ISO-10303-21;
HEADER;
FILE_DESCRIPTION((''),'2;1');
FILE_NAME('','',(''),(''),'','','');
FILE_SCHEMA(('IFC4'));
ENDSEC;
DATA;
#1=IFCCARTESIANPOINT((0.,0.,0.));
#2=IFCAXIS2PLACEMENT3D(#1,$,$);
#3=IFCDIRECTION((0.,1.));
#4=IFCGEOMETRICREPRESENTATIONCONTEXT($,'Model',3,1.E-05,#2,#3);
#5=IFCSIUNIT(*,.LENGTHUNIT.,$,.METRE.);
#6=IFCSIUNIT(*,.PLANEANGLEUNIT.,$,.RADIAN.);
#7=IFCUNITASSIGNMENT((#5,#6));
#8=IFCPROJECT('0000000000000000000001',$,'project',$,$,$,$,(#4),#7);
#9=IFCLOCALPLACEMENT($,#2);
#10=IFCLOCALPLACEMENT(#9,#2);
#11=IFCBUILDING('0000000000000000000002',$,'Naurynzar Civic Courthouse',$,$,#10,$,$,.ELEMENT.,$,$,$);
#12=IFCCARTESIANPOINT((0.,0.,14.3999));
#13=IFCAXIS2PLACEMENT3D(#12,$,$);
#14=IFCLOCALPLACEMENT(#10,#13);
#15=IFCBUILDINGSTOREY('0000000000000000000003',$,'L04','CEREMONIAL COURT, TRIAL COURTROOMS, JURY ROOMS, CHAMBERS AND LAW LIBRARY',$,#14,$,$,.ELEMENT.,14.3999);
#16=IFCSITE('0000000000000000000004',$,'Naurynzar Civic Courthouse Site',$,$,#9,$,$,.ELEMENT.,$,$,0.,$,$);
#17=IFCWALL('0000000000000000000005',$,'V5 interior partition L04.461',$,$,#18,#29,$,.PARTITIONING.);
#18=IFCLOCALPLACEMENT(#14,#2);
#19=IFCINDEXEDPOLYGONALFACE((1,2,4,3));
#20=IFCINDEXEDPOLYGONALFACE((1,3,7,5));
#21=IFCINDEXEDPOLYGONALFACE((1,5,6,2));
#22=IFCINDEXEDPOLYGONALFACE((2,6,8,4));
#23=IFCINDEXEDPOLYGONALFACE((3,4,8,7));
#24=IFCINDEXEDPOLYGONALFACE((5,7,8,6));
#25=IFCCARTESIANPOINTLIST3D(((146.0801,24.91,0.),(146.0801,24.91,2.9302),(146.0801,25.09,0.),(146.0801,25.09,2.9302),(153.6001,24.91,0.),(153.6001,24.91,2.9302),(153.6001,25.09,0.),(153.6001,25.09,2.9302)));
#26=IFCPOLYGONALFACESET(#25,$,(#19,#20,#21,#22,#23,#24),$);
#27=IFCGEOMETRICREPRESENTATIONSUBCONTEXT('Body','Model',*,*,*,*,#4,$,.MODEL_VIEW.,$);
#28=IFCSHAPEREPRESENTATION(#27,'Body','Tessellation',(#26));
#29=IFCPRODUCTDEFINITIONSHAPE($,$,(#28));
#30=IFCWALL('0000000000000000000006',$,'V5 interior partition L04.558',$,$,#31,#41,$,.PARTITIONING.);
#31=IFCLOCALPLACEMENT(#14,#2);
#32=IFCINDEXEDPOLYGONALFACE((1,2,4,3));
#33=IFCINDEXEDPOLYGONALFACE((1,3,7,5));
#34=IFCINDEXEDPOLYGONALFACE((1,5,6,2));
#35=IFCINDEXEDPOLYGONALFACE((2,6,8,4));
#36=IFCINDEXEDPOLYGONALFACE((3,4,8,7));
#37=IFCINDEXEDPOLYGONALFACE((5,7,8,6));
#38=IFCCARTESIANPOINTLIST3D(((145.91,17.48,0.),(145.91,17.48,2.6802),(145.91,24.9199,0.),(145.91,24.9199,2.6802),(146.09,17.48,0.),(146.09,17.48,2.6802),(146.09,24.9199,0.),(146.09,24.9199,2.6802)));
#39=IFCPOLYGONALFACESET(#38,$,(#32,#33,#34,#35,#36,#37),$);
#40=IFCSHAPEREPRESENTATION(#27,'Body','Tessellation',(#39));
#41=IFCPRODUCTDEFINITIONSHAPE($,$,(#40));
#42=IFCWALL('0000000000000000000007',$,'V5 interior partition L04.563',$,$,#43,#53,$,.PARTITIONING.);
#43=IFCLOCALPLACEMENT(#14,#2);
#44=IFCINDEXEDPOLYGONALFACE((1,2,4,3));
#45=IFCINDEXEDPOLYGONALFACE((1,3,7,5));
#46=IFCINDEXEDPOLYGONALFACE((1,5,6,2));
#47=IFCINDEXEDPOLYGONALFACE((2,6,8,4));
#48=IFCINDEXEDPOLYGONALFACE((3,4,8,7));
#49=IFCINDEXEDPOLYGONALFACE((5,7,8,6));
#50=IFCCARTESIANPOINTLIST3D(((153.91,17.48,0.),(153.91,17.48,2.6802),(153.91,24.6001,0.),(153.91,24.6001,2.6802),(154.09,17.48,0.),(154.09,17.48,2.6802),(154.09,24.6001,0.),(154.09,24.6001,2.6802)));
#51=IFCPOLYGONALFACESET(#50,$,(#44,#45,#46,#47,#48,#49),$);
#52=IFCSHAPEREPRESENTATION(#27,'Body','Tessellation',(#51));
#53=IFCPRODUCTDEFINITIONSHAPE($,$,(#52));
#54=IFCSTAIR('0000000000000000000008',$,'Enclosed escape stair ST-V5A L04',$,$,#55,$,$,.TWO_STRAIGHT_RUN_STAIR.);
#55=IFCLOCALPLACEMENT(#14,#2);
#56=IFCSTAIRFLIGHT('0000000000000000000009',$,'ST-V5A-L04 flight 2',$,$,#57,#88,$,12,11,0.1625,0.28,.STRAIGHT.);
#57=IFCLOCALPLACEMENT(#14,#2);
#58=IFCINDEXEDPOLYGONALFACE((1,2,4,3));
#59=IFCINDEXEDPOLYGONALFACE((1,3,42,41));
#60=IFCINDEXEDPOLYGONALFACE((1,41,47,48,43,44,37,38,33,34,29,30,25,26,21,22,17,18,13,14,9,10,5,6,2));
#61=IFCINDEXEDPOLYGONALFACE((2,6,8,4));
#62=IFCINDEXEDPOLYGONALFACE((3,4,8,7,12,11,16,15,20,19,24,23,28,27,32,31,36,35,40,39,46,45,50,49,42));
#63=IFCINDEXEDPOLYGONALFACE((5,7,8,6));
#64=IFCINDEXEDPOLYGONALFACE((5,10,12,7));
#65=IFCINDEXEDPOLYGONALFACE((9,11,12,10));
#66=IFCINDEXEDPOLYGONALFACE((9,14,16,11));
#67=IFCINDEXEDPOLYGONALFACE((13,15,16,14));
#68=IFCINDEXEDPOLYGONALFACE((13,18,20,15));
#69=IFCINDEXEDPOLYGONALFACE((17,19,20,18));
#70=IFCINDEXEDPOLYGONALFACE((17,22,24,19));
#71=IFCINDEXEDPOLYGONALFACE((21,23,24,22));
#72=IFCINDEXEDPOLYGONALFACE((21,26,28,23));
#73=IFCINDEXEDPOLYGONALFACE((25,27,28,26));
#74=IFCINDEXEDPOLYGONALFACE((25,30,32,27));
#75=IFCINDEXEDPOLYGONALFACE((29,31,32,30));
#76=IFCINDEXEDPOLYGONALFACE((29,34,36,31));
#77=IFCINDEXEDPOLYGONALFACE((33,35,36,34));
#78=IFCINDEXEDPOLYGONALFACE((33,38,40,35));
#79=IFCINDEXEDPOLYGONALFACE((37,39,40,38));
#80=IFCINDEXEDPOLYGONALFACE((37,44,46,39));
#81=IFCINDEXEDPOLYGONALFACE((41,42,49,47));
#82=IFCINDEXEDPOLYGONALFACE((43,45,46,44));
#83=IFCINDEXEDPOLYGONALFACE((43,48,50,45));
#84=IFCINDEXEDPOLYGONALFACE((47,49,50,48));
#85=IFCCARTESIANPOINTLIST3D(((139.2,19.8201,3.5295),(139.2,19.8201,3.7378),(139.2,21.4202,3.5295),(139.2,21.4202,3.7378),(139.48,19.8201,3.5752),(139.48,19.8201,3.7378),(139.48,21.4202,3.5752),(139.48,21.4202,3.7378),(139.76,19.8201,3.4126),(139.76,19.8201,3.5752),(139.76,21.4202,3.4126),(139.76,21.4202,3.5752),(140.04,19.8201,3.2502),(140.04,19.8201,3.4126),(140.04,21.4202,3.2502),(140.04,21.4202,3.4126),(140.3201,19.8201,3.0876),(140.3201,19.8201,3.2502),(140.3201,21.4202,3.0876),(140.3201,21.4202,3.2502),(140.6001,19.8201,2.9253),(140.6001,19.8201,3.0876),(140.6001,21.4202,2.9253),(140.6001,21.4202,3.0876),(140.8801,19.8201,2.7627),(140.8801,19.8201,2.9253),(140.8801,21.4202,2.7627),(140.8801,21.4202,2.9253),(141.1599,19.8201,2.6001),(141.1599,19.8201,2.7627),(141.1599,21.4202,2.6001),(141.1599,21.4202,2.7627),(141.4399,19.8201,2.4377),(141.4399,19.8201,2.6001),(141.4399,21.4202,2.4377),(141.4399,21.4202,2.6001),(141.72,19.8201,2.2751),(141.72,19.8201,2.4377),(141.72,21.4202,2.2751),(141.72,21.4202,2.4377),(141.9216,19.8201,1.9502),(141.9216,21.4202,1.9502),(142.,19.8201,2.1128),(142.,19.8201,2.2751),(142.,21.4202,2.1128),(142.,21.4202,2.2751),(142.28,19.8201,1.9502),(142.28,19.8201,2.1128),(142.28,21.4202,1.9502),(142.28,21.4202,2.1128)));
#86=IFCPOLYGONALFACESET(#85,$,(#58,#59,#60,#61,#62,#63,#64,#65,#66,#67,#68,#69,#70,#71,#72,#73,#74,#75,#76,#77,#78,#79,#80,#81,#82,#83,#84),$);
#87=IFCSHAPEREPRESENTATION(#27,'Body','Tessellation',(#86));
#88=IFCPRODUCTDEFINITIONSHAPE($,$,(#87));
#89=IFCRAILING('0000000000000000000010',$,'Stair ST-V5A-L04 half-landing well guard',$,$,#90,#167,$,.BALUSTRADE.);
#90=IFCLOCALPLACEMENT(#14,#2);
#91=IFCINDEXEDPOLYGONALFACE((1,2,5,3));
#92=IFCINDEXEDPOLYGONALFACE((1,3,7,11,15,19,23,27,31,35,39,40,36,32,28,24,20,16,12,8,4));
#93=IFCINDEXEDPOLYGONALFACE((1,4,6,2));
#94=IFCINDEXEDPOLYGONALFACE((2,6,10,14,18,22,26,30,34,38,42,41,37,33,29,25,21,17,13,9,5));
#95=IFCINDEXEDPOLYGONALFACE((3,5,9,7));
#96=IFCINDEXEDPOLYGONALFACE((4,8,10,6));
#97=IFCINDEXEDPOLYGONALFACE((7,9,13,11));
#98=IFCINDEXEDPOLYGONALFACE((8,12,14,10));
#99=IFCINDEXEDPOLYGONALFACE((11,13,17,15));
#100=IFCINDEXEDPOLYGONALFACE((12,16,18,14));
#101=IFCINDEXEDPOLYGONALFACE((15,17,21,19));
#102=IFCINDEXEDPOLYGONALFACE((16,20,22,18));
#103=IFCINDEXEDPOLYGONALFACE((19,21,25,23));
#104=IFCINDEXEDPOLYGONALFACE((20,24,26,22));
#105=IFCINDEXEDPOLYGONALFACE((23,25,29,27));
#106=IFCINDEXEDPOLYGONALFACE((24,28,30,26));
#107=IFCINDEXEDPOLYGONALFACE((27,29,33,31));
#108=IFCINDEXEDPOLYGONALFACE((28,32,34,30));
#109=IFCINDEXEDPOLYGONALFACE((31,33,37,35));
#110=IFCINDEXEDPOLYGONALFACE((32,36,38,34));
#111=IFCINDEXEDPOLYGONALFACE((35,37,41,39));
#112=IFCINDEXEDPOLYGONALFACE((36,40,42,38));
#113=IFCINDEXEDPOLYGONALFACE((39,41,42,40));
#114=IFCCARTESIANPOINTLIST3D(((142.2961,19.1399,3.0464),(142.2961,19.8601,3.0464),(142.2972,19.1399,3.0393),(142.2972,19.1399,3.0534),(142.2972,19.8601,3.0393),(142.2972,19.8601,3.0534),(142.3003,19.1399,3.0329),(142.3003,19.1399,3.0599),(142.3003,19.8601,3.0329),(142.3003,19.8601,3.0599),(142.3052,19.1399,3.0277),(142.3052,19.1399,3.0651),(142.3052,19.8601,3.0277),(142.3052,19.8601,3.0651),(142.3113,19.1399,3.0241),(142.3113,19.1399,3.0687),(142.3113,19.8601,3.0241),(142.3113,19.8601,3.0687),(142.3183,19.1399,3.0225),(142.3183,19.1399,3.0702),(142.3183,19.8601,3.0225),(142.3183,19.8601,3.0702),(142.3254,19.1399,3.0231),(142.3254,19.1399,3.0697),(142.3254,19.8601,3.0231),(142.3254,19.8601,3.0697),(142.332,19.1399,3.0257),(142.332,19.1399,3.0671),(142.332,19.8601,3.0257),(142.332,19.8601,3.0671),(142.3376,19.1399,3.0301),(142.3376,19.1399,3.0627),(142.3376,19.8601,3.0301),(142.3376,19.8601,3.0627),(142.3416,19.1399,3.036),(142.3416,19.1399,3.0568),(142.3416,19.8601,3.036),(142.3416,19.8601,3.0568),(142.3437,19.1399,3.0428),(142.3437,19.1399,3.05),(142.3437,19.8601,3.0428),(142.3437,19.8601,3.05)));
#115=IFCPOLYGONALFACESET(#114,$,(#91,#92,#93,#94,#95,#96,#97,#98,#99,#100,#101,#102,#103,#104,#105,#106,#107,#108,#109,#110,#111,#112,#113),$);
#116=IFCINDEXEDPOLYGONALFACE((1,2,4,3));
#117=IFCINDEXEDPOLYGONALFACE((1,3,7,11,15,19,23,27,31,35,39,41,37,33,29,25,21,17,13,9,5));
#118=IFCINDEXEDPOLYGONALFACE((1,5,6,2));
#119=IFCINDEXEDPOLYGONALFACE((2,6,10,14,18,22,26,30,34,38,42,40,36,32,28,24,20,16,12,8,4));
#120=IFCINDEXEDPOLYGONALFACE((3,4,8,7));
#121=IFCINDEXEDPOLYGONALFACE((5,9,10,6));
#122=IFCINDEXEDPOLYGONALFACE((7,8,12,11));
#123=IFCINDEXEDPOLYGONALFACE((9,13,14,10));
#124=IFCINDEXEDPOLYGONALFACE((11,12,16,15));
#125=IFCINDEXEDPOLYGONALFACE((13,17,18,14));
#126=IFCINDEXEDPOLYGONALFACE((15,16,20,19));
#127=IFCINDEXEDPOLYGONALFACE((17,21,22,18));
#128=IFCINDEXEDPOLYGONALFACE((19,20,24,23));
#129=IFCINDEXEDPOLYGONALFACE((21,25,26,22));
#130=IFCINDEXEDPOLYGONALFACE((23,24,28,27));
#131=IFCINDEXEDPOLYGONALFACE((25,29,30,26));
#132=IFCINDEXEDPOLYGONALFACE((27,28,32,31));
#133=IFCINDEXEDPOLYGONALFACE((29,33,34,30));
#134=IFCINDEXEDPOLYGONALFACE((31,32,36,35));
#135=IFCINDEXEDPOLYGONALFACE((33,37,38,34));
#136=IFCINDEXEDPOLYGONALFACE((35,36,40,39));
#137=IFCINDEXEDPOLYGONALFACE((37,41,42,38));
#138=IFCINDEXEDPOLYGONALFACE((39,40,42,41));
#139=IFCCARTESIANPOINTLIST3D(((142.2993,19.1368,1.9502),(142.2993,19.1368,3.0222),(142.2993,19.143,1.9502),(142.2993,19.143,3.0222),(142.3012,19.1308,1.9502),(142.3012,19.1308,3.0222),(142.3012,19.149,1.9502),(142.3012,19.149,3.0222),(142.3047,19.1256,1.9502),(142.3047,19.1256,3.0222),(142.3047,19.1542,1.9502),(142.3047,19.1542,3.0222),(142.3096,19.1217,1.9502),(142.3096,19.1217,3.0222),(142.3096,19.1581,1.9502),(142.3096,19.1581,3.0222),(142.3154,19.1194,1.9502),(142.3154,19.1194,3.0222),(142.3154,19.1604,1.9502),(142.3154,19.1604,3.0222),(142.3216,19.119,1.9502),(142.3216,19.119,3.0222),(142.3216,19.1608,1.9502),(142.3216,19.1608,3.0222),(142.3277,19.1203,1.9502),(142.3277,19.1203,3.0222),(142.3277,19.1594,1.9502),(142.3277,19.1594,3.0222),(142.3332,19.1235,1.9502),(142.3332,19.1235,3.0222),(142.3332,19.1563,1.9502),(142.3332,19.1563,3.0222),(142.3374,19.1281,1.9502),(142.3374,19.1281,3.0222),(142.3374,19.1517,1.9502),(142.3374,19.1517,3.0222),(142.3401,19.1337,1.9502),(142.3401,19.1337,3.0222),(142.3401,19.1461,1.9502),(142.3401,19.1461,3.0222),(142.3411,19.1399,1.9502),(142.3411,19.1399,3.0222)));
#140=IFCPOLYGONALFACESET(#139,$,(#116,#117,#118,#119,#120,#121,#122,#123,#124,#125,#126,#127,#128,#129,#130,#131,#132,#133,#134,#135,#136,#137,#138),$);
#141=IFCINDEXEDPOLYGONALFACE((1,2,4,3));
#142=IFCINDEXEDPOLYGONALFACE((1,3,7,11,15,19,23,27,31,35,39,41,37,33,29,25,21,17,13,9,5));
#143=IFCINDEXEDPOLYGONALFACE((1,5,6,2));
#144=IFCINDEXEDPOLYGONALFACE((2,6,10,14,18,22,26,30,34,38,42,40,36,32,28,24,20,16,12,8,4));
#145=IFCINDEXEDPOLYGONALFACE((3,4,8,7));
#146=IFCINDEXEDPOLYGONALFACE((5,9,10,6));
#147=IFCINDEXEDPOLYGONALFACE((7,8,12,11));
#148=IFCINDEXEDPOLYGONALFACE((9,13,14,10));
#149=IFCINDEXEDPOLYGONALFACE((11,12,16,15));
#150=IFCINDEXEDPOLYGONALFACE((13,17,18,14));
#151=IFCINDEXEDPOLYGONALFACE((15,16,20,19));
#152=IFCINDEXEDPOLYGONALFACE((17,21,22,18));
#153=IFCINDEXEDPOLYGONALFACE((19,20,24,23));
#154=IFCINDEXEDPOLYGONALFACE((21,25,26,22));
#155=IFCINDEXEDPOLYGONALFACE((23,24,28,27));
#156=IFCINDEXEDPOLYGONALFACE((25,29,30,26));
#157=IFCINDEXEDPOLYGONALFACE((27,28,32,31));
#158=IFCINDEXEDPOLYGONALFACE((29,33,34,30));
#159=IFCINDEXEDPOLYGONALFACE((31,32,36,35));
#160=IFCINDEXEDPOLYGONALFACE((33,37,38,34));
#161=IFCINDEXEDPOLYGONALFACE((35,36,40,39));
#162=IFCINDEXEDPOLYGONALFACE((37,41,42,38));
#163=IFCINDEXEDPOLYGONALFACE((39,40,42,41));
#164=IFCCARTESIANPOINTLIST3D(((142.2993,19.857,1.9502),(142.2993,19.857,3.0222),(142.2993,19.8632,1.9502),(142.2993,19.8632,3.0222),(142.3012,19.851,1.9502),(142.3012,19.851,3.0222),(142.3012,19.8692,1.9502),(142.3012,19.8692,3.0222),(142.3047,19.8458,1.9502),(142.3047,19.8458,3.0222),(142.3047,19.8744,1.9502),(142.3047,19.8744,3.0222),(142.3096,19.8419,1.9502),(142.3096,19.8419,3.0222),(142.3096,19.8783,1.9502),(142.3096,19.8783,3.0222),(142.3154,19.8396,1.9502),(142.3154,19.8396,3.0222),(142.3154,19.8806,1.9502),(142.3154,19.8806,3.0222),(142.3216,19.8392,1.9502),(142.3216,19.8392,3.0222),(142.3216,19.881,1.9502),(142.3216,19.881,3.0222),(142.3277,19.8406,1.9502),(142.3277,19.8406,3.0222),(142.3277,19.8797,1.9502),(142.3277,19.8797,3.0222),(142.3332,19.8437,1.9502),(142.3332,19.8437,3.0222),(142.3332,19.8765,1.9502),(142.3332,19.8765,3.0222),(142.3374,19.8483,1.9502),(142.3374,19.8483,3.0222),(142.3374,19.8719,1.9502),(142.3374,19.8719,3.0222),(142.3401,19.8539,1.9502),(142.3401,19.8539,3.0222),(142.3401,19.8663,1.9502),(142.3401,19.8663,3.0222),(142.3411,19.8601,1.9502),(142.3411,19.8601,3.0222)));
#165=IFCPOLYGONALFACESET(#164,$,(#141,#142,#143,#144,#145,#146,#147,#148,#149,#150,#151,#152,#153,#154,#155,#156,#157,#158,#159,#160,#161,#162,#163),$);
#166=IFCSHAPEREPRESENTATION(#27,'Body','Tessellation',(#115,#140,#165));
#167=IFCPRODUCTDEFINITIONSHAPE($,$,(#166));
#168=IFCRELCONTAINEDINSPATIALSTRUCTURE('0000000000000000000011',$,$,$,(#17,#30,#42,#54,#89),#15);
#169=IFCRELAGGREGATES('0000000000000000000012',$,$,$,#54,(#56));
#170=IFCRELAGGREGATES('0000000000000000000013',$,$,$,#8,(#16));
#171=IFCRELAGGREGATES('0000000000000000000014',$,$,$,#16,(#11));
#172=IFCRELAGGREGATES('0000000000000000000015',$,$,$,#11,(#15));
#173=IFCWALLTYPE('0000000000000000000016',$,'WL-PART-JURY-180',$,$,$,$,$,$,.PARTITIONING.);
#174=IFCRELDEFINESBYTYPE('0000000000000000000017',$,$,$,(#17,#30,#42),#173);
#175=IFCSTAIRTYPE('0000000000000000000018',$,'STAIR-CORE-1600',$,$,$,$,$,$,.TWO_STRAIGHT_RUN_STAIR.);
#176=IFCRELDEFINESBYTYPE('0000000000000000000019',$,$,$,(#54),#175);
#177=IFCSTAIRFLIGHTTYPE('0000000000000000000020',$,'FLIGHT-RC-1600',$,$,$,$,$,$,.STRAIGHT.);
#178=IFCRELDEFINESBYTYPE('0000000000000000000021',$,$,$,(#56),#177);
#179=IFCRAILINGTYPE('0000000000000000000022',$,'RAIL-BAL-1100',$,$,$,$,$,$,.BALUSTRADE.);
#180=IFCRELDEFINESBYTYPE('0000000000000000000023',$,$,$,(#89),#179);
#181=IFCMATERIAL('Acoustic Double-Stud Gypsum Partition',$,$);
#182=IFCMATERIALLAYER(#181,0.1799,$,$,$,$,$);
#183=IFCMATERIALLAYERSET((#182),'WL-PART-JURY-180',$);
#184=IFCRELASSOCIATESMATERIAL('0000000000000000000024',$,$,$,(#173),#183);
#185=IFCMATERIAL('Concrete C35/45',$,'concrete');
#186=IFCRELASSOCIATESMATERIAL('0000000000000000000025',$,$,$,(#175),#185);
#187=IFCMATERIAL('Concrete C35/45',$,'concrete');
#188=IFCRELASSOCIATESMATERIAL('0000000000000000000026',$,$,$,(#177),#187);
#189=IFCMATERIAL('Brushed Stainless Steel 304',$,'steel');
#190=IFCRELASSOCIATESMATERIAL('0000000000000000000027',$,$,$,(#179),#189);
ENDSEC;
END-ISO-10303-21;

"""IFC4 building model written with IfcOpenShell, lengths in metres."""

from ifc_helpers import new_model, si_unit, direction, frame, frame_2d, origin, origin_2d, place, context, subcontext, project, spatial, polyline, rectangle, circle, outline, extrude, material, layer, layer_set, type_object, element, aggregate, save


model = new_model("IFC4")

# Units and contexts
model_context = context("Model", 3, precision=1e-05, world=origin(), true_north=direction((0.0, 1.0)))
body_context = subcontext(model_context, "Body", "Model", "MODEL_VIEW")
ifc_project = project(units=[si_unit("LENGTHUNIT", "METRE"), si_unit("PLANEANGLEUNIT", "RADIAN")], contexts=[model_context])

# Site, building, storey
site_placement = place(None, origin())
site = spatial("IfcSite", under=ifc_project, at=site_placement, Name="Naurynzar Civic Courthouse Site", CompositionType="ELEMENT", RefElevation=0.0)
building_placement = place(site_placement, origin())
building = spatial("IfcBuilding", under=site, at=building_placement, Name="Naurynzar Civic Courthouse", CompositionType="ELEMENT")
storey_placement = place(building_placement, frame((0.0, 0.0, 14.3999)))
storey = spatial("IfcBuildingStorey", under=building, at=storey_placement, Name="L04", Description="CEREMONIAL COURT, TRIAL COURTROOMS, JURY ROOMS, CHAMBERS AND LAW LIBRARY", CompositionType="ELEMENT", Elevation=14.3999)

# Shared definitions
ifc_material_1 = material(Name="Acoustic Double-Stud Gypsum Partition")
ifc_layer_1 = layer(ifc_material_1, 0.1799)
ifc_layer_set_1 = layer_set([ifc_layer_1], Name="WL-PART-JURY-180")
wall_type_1 = type_object("IfcWallType", Name="WL-PART-JURY-180", PredefinedType="PARTITIONING", material=ifc_layer_set_1)

# Walls
wall_1_placement = place(storey_placement, frame((146.0801, 25.0, 0.0), z_axis=(0.0, 0.0, 1.0), x_axis=(1.0, 0.0, 0.0)))
element("IfcWall", 1, at=wall_1_placement, inside=storey, type_object=wall_type_1, Name="V5 interior partition L04.461", PredefinedType="PARTITIONING", context=body_context, shape_type="SweptSolid", body=[
    extrude(rectangle(XDim=7.52, YDim=0.1799, at=frame_2d((3.76, 0.0))), origin(), (0.0, 0.0, 1.0), 2.9302),
])
wall_2_placement = place(storey_placement, frame((146.0, 17.48, 0.0), z_axis=(0.0, 0.0, 1.0), x_axis=(0.0, 1.0, 0.0)))
element("IfcWall", 2, at=wall_2_placement, inside=storey, type_object=wall_type_1, Name="V5 interior partition L04.558", PredefinedType="PARTITIONING", context=body_context, shape_type="SweptSolid", body=[
    extrude(rectangle(XDim=7.4399, YDim=0.1799, at=frame_2d((3.72, 0.0))), origin(), (0.0, 0.0, 1.0), 2.6802),
])
wall_3_placement = place(storey_placement, frame((154.0, 17.48, 0.0), z_axis=(0.0, 0.0, 1.0), x_axis=(0.0, 1.0, 0.0)))
element("IfcWall", 3, at=wall_3_placement, inside=storey, type_object=wall_type_1, Name="V5 interior partition L04.563", PredefinedType="PARTITIONING", context=body_context, shape_type="SweptSolid", body=[
    extrude(rectangle(XDim=7.1201, YDim=0.1799, at=frame_2d((3.5601, 0.0))), origin(), (0.0, 0.0, 1.0), 2.6802),
])

# Stair, stair flight
ifc_material_2 = material(Name="Concrete C35/45", Category="concrete")
stair_type = type_object("IfcStairType", Name="STAIR-CORE-1600", PredefinedType="TWO_STRAIGHT_RUN_STAIR", material=ifc_material_2)
stair_placement = place(storey_placement, origin())
stair = element("IfcStair", 4, at=stair_placement, inside=storey, type_object=stair_type, Name="Enclosed escape stair ST-V5A L04", PredefinedType="TWO_STRAIGHT_RUN_STAIR")
ifc_material_3 = material(Name="Concrete C35/45", Category="concrete")
stair_flight_type = type_object("IfcStairFlightType", Name="FLIGHT-RC-1600", PredefinedType="STRAIGHT", material=ifc_material_3)
stair_flight_placement = place(storey_placement, frame((142.28, 20.6201, 1.9502), z_axis=(0.0, 0.0, 1.0), x_axis=(-1.0, 0.0, 0.0)))
stair_flight = element("IfcStairFlight", 5, at=stair_flight_placement, type_object=stair_flight_type, Name="ST-V5A-L04 flight 2", NumberOfRisers=12, NumberOfTreads=11, PredefinedType="STRAIGHT", RiserHeight=0.1625, TreadLength=0.28, context=body_context, shape_type="SweptSolid", body=[
    extrude(outline(polyline([(0.0, 0.0), (0.0, 0.1626), (0.28, 0.1626), (0.28, 0.325), (0.5601, 0.325), (0.5601, 0.4875), (0.8401, 0.4875), (0.8401, 0.6499), (1.1201, 0.6499), (1.1201, 0.8125), (1.3999, 0.8125), (1.3999, 0.9751), (1.6799, 0.9751), (1.6799, 1.1375), (1.96, 1.1375), (1.96, 1.3), (2.24, 1.3), (2.24, 1.4624), (2.52, 1.4624), (2.52, 1.625), (2.8, 1.625), (2.8, 1.7876), (3.0801, 1.7876), (3.0801, 1.95), (3.0801, 1.5793), (0.3584, 0.0), (0.0, 0.0)])), frame((0.0, 0.8, 0.0), z_axis=(0.0, -1.0, 0.0), x_axis=(1.0, 0.0, 0.0)), (0.0, 0.0, 1.0), 1.6001),
])
aggregate(stair, [stair_flight])

# Railing
ifc_material_4 = material(Name="Brushed Stainless Steel 304", Category="steel")
railing_type_1 = type_object("IfcRailingType", Name="RAIL-BAL-1100", PredefinedType="BALUSTRADE", material=ifc_material_4)
railing_1_placement = place(storey_placement, frame((142.3201, 19.1399, 1.9502)))
element("IfcRailing", 6, at=railing_1_placement, inside=storey, type_object=railing_type_1, Name="Stair ST-V5A-L04 half-landing well guard", PredefinedType="BALUSTRADE", context=body_context, shape_type="SweptSolid", body=[
    extrude(circle(Radius=0.0239, at=origin_2d()), frame((0.0, 0.0, 1.0962), z_axis=(0.0, 1.0, 0.0), x_axis=(-1.0, 0.0, 0.0)), (0.0, 0.0, 1.0), 0.7202),
    extrude(circle(Radius=0.021, at=origin_2d()), origin(), (0.0, 0.0, 1.0), 1.072),
    extrude(circle(Radius=0.021, at=origin_2d()), frame((0.0, 0.7202, 0.0)), (0.0, 0.0, 1.0), 1.072),
])

save(model, "model.ifc")
